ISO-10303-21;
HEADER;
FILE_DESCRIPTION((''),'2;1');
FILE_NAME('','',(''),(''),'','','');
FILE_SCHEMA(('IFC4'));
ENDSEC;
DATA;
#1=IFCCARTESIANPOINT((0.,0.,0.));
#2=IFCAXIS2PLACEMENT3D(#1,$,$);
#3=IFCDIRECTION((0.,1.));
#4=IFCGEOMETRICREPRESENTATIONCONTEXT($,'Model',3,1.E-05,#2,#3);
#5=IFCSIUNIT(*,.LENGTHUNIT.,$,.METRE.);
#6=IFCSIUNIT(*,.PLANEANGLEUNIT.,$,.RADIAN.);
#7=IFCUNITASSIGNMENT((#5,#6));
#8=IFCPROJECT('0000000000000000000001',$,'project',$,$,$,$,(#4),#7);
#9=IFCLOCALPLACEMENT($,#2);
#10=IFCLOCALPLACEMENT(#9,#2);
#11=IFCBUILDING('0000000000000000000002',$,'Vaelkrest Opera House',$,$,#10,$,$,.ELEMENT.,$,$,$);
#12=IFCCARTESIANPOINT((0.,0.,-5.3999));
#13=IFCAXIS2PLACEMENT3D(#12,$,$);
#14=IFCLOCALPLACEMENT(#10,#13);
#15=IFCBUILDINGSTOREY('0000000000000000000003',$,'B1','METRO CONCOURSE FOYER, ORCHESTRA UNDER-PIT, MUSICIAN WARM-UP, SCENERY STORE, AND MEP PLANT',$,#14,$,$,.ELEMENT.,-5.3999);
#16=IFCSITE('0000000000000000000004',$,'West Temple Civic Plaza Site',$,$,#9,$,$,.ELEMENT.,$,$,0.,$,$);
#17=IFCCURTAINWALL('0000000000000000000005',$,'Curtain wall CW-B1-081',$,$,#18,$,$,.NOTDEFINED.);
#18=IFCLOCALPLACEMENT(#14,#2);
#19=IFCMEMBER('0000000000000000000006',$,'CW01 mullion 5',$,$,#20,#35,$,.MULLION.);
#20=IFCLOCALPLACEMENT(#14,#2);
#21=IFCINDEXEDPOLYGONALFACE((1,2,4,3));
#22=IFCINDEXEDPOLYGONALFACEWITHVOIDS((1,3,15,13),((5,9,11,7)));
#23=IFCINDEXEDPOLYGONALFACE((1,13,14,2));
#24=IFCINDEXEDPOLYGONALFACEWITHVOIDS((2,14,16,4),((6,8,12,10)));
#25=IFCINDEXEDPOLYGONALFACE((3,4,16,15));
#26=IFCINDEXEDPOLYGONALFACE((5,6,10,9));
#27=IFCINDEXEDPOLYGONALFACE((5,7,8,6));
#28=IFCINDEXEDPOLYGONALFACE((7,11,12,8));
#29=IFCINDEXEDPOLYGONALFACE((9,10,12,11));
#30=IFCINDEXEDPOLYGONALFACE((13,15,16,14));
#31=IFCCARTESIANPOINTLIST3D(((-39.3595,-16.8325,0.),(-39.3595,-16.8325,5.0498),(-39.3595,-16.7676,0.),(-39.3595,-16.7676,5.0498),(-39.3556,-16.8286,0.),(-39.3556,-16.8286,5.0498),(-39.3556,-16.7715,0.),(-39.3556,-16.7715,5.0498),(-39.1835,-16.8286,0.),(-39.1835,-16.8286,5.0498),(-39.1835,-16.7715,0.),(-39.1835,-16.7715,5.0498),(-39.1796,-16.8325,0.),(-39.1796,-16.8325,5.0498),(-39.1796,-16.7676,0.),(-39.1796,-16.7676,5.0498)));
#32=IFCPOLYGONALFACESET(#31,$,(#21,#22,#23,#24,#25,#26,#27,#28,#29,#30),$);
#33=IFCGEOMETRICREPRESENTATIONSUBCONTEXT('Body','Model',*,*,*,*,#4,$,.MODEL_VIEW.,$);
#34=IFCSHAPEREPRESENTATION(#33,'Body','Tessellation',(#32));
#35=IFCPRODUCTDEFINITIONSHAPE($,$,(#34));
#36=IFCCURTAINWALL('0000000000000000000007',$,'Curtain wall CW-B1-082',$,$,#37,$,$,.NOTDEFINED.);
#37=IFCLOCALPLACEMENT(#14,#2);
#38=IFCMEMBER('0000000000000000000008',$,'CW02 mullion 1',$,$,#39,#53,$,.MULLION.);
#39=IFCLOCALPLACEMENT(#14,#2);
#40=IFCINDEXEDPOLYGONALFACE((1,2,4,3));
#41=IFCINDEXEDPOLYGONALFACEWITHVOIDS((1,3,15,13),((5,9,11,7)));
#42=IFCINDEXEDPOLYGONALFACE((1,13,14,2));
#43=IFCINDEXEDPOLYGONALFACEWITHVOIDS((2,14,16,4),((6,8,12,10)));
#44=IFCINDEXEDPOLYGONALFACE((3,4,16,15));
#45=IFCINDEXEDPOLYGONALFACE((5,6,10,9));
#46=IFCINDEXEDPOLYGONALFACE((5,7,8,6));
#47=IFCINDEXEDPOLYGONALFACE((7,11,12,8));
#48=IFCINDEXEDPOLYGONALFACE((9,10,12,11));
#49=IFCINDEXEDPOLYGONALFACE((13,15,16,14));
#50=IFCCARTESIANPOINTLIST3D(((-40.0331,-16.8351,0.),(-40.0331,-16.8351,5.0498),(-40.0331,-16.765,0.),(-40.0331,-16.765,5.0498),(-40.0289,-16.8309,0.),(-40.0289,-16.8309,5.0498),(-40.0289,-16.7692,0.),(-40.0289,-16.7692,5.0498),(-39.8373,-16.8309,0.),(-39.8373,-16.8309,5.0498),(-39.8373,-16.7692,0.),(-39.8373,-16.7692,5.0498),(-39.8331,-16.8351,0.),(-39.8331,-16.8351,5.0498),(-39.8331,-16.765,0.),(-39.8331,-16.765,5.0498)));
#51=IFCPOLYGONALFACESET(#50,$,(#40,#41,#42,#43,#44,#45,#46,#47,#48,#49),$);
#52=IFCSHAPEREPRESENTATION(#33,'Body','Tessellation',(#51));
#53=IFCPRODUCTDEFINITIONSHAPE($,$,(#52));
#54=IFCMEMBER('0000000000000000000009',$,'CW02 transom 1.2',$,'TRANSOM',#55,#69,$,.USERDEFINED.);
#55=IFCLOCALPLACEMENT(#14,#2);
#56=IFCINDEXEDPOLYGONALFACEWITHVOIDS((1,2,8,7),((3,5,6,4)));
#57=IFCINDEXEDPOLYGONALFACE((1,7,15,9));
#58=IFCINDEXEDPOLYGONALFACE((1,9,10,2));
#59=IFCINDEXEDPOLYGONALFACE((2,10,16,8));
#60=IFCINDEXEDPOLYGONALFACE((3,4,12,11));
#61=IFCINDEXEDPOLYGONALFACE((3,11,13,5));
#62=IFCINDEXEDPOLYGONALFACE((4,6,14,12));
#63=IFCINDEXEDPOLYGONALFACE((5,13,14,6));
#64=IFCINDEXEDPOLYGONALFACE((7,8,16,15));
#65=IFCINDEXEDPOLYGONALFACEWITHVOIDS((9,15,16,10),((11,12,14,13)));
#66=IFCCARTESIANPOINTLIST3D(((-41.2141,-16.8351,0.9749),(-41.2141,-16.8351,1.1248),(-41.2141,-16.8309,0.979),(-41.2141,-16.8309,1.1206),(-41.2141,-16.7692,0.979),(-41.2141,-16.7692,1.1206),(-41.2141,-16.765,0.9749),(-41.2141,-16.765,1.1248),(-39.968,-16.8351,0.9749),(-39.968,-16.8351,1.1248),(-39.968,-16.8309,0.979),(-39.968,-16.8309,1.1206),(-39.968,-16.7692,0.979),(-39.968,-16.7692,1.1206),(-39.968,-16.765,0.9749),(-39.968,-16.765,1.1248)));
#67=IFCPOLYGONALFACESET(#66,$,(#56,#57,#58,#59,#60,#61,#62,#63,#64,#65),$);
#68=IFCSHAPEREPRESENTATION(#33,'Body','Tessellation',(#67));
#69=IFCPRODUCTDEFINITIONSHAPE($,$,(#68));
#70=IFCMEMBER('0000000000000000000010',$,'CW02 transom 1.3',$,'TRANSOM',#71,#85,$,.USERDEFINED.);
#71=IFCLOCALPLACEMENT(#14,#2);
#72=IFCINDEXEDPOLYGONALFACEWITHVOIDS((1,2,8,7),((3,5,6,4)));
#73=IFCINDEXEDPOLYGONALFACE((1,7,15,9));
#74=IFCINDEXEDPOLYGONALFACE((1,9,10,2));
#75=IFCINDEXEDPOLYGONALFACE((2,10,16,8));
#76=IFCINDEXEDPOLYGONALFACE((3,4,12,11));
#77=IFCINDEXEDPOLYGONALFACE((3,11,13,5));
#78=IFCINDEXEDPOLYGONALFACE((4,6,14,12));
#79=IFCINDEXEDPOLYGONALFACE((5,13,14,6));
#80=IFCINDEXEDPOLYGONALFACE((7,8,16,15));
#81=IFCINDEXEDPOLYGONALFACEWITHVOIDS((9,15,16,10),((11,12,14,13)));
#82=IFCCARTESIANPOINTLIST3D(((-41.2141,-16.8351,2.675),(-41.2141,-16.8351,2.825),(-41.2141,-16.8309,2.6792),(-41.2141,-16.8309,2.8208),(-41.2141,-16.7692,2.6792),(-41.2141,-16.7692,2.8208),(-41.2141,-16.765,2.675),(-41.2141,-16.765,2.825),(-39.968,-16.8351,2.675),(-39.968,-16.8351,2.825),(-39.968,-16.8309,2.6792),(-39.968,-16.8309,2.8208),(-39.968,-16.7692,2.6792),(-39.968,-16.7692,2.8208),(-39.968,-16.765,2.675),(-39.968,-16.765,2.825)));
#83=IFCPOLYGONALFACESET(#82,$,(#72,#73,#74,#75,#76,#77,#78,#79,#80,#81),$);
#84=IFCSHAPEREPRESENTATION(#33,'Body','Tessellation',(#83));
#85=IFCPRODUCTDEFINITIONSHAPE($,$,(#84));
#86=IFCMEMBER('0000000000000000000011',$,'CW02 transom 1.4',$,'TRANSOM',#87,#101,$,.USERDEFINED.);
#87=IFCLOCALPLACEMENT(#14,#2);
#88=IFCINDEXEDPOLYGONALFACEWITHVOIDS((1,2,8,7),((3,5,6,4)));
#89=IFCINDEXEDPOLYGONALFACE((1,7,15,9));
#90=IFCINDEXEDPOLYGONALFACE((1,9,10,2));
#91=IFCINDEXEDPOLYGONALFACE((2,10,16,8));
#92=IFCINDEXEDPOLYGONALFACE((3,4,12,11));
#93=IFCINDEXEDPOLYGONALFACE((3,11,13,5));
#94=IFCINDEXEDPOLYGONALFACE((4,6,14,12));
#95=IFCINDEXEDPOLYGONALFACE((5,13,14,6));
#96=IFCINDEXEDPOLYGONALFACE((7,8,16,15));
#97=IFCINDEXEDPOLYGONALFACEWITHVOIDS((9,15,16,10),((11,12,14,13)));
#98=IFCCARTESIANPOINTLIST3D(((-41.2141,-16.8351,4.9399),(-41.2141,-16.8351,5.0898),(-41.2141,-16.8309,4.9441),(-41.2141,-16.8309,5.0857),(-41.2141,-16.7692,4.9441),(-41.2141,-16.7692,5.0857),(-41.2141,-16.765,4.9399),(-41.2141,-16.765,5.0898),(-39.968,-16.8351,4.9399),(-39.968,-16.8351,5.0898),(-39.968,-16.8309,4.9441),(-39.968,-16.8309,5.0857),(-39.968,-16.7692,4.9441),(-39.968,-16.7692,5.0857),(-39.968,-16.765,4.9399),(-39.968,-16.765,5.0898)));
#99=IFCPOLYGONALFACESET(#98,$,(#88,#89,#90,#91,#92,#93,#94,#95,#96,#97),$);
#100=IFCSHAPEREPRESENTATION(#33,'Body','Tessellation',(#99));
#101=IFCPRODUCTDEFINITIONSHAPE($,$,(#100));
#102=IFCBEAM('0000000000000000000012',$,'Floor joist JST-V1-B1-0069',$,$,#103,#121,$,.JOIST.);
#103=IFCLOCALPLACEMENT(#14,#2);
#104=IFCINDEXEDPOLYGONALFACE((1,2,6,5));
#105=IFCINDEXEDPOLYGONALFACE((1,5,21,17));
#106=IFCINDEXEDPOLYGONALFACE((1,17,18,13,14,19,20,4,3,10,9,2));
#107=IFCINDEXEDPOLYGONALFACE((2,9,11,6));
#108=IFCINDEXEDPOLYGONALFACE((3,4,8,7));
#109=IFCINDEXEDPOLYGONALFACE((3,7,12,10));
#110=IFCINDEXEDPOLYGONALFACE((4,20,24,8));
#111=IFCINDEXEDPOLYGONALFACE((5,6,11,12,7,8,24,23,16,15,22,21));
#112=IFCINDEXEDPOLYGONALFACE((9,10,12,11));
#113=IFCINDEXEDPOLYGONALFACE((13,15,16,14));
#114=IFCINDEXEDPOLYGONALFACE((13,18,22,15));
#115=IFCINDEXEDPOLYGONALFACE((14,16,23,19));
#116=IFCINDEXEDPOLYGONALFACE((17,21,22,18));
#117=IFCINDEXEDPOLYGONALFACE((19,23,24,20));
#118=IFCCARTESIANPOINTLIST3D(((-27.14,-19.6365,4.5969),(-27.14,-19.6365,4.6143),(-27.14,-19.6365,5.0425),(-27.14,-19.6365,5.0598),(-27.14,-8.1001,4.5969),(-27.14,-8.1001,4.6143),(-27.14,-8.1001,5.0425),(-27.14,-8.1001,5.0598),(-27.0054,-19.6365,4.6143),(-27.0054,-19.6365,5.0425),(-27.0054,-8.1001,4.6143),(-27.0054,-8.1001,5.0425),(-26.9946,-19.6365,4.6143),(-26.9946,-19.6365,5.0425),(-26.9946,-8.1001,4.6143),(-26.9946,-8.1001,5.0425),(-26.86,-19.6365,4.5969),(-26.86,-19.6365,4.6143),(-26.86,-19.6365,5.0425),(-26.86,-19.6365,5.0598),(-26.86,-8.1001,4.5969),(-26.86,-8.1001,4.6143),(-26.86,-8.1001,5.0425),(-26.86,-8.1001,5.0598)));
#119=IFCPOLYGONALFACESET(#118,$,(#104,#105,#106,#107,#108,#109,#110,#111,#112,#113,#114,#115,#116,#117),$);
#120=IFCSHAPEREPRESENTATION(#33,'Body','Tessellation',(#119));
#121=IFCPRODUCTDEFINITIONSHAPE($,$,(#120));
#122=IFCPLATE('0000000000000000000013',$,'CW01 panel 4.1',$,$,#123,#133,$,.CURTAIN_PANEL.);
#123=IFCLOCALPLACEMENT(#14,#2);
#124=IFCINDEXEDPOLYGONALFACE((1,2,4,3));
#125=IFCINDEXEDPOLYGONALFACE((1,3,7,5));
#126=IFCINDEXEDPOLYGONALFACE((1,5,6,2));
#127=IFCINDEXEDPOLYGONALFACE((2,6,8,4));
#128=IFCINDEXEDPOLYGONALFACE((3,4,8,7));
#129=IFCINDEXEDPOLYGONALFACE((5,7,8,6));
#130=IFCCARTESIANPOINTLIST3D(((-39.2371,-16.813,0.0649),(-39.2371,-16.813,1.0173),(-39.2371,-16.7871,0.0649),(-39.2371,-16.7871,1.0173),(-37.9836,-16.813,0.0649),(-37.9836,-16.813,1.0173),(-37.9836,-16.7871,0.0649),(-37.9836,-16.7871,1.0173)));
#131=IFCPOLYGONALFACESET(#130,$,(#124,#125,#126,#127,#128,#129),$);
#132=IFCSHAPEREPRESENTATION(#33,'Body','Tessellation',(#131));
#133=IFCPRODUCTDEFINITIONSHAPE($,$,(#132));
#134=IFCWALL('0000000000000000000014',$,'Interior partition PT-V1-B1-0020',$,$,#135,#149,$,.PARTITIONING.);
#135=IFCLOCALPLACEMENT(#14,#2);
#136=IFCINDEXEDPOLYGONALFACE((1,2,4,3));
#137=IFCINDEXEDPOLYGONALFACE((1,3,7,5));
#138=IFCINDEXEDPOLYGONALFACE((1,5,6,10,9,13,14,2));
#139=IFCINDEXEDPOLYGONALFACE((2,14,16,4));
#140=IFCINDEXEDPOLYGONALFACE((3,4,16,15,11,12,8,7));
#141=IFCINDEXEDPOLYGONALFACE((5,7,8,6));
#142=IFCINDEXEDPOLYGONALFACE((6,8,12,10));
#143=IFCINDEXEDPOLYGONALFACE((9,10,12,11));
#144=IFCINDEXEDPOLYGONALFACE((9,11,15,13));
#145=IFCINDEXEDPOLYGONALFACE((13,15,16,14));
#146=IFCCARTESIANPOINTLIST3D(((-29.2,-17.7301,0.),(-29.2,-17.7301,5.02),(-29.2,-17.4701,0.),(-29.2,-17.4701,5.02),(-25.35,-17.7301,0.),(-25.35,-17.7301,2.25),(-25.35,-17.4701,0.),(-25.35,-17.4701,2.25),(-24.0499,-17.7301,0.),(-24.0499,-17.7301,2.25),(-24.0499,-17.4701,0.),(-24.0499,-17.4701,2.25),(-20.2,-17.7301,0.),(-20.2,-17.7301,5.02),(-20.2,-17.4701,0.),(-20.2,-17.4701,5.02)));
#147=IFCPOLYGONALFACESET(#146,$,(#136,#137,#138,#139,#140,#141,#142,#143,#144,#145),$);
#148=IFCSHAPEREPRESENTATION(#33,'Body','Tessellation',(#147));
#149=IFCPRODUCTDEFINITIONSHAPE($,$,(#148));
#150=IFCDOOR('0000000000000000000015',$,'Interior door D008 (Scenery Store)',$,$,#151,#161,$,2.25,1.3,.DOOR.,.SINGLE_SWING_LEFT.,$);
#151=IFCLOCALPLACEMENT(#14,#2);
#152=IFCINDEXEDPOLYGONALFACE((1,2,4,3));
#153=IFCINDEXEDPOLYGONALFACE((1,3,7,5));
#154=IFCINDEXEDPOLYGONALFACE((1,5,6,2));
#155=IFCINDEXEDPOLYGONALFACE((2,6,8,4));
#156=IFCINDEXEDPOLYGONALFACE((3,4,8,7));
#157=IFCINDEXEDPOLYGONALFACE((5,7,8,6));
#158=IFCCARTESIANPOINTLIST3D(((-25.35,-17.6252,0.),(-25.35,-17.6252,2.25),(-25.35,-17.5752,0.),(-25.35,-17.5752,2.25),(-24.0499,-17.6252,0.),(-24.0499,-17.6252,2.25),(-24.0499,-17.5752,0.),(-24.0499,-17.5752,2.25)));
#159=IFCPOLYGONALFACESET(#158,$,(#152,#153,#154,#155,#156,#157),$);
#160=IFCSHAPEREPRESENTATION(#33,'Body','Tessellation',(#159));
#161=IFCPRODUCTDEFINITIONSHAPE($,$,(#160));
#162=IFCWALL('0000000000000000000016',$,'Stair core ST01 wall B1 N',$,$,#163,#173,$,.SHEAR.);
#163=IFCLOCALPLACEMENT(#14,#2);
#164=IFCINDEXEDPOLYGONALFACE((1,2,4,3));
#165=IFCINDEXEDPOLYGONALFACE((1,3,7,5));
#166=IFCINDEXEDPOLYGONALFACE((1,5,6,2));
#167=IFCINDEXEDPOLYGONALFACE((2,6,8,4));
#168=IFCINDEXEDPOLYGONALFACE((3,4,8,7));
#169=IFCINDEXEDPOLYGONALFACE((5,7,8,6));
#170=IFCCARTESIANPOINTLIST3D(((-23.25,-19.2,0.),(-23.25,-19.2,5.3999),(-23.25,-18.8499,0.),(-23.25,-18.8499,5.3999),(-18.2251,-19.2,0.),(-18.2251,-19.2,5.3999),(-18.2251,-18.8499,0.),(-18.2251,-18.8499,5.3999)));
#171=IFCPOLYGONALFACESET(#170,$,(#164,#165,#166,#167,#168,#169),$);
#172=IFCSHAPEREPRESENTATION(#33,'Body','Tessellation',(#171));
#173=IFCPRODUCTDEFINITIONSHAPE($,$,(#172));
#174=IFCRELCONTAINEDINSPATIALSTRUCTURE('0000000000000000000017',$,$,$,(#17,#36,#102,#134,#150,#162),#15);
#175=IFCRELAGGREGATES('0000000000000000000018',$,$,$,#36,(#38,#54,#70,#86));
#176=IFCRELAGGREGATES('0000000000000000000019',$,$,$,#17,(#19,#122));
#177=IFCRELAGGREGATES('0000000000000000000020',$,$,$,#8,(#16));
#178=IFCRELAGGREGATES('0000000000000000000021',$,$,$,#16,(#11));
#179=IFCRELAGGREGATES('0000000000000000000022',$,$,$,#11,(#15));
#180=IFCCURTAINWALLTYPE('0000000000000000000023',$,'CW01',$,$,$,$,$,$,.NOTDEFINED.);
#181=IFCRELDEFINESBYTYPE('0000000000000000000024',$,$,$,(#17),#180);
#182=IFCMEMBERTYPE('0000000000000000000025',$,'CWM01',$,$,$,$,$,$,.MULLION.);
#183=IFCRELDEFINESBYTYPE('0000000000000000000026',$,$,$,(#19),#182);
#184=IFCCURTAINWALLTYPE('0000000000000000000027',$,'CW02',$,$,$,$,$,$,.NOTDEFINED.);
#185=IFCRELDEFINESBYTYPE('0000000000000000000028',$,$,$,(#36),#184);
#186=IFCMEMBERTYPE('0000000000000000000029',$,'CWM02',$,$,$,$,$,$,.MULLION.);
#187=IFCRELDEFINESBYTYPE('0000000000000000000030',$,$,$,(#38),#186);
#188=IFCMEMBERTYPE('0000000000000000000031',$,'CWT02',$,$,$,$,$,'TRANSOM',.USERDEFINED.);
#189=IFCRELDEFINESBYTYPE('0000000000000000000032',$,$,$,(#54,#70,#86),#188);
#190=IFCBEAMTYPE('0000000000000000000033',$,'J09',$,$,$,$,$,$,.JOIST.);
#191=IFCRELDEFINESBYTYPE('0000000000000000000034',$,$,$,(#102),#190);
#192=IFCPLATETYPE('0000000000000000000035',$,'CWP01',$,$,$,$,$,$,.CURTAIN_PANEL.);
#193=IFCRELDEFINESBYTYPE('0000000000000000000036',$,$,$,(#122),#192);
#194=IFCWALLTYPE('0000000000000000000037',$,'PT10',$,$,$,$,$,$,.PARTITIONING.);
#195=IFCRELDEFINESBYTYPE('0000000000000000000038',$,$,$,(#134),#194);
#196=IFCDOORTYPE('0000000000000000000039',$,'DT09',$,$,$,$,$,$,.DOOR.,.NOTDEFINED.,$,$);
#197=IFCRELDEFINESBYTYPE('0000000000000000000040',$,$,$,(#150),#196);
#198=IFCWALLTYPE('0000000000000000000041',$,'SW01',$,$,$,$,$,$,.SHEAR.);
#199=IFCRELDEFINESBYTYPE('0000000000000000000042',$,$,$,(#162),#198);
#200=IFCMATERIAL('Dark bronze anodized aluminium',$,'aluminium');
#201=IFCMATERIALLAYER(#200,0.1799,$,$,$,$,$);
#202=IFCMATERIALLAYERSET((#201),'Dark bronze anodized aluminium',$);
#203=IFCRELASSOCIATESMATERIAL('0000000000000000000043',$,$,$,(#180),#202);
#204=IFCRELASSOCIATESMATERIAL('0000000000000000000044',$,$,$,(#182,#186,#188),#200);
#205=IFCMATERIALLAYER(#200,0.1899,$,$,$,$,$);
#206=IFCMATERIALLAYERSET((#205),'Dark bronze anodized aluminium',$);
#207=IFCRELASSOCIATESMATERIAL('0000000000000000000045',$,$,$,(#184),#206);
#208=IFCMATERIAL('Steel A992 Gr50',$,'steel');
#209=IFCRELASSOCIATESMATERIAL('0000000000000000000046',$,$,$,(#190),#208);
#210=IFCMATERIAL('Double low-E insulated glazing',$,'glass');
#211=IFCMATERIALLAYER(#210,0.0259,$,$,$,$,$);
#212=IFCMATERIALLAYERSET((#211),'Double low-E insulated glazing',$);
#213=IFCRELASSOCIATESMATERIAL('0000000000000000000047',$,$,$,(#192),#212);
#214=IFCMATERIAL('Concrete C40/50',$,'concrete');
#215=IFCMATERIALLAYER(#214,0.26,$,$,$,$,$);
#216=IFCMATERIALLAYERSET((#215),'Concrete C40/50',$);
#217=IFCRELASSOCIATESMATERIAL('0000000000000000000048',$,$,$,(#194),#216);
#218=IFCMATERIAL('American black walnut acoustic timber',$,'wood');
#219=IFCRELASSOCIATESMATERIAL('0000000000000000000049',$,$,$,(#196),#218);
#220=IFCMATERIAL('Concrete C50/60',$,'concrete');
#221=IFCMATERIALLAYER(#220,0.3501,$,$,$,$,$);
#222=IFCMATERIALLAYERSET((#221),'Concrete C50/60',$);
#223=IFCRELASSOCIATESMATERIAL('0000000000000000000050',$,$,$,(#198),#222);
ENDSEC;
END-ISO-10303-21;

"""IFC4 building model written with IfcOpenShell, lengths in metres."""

from ifc_helpers import new_model, si_unit, direction, frame, frame_2d, origin, origin_2d, place, context, subcontext, project, spatial, rectangle, hollow_rectangle, i_section, extrude, material, layer, layer_set, material_profile, profile_set, type_object, element, fill, aggregate, save


model = new_model("IFC4")

# Units and contexts
model_context = context("Model", 3, precision=1e-05, world=origin(), true_north=direction((0.0, 1.0)))
body_context = subcontext(model_context, "Body", "Model", "MODEL_VIEW")
ifc_project = project(units=[si_unit("LENGTHUNIT", "METRE"), si_unit("PLANEANGLEUNIT", "RADIAN")], contexts=[model_context])

# Site, building, storey
site_placement = place(None, origin())
site = spatial("IfcSite", under=ifc_project, at=site_placement, Name="West Temple Civic Plaza Site", CompositionType="ELEMENT", RefElevation=0.0)
building_placement = place(site_placement, origin())
building = spatial("IfcBuilding", under=site, at=building_placement, Name="Vaelkrest Opera House", CompositionType="ELEMENT")
storey_placement = place(building_placement, frame((0.0, 0.0, -5.3999)))
storey = spatial("IfcBuildingStorey", under=building, at=storey_placement, Name="B1", Description="METRO CONCOURSE FOYER, ORCHESTRA UNDER-PIT, MUSICIAN WARM-UP, SCENERY STORE, AND MEP PLANT", CompositionType="ELEMENT", Elevation=-5.3999)

# Shared definitions
ifc_material_1 = material(Name="Concrete C40/50", Category="concrete")

# Shared definitions
ifc_material_2 = material(Name="Concrete C50/60", Category="concrete")

# Shared definitions
ifc_material_3 = material(Name="Steel A992 Gr50", Category="steel")

# Curtain wall, member
ifc_material_4 = material(Name="Dark bronze anodized aluminium", Category="aluminium")
ifc_layer_1 = layer(ifc_material_4, 0.1799)
ifc_layer_set_1 = layer_set([ifc_layer_1], Name="Dark bronze anodized aluminium")
curtain_wall_type_1 = type_object("IfcCurtainWallType", Name="CW01", PredefinedType="NOTDEFINED", material=ifc_layer_set_1)
curtain_wall_1_placement = place(storey_placement, origin())
curtain_wall_1 = element("IfcCurtainWall", 1, at=curtain_wall_1_placement, inside=storey, type_object=curtain_wall_type_1, Name="Curtain wall CW-B1-081", PredefinedType="NOTDEFINED")
ifc_material_profile_1 = material_profile(ifc_material_4, hollow_rectangle(XDim=0.0649, YDim=0.1799, WallThickness=0.0039, at=origin_2d()), Name="CWM65X180")
ifc_profile_set_1 = profile_set([ifc_material_profile_1], Name="Dark bronze anodized aluminium")
member_type_1 = type_object("IfcMemberType", Name="CWM01", PredefinedType="MULLION", material=ifc_profile_set_1)
member_1_placement = place(storey_placement, frame((-39.2695, -16.8, 0.0), z_axis=(0.0, 0.0, 1.0), x_axis=(0.0, -1.0, 0.0)))
member_1 = element("IfcMember", 2, at=member_1_placement, type_object=member_type_1, Name="CW01 mullion 5", PredefinedType="MULLION", context=body_context, shape_type="SweptSolid", body=[
    extrude(hollow_rectangle(XDim=0.0649, YDim=0.1799, WallThickness=0.0039, at=origin_2d()), origin(), (0.0, 0.0, 1.0), 5.0498),
])

# Curtain wall, members
ifc_layer_2 = layer(ifc_material_4, 0.1899)
ifc_layer_set_2 = layer_set([ifc_layer_2], Name="Dark bronze anodized aluminium")
curtain_wall_type_2 = type_object("IfcCurtainWallType", Name="CW02", PredefinedType="NOTDEFINED", material=ifc_layer_set_2)
curtain_wall_2_placement = place(storey_placement, origin())
curtain_wall_2 = element("IfcCurtainWall", 3, at=curtain_wall_2_placement, inside=storey, type_object=curtain_wall_type_2, Name="Curtain wall CW-B1-082", PredefinedType="NOTDEFINED")
ifc_material_profile_2 = material_profile(ifc_material_4, hollow_rectangle(XDim=0.0701, YDim=0.2, WallThickness=0.0042, at=origin_2d()), Name="CWM70X200")
ifc_profile_set_2 = profile_set([ifc_material_profile_2], Name="Dark bronze anodized aluminium")
member_type_2 = type_object("IfcMemberType", Name="CWM02", PredefinedType="MULLION", material=ifc_profile_set_2)
member_2_placement = place(storey_placement, frame((-39.9331, -16.8, 0.0), z_axis=(0.0, 0.0, 1.0), x_axis=(0.0, -1.0, 0.0)))
member_2 = element("IfcMember", 4, at=member_2_placement, type_object=member_type_2, Name="CW02 mullion 1", PredefinedType="MULLION", context=body_context, shape_type="SweptSolid", body=[
    extrude(hollow_rectangle(XDim=0.0701, YDim=0.2, WallThickness=0.0042, at=origin_2d()), origin(), (0.0, 0.0, 1.0), 5.0498),
])
ifc_material_profile_3 = material_profile(ifc_material_4, hollow_rectangle(XDim=0.0701, YDim=0.1499, WallThickness=0.0042, at=origin_2d()), Name="CWT70X150")
ifc_profile_set_3 = profile_set([ifc_material_profile_3], Name="Dark bronze anodized aluminium")
member_type_3 = type_object("IfcMemberType", Name="CWT02", ElementType="TRANSOM", PredefinedType="USERDEFINED", material=ifc_profile_set_3)
member_3_placement = place(storey_placement, frame((-39.968, -16.8, 1.0498), z_axis=(-1.0, 0.0, 0.0), x_axis=(0.0, -1.0, 0.0)))
member_3 = element("IfcMember", 5, at=member_3_placement, type_object=member_type_3, Name="CW02 transom 1.2", ObjectType="TRANSOM", PredefinedType="USERDEFINED", context=body_context, shape_type="SweptSolid", body=[
    extrude(hollow_rectangle(XDim=0.0701, YDim=0.1499, WallThickness=0.0042, at=origin_2d()), origin(), (0.0, 0.0, 1.0), 1.2461),
])
member_4_placement = place(storey_placement, frame((-39.968, -16.8, 2.75), z_axis=(-1.0, 0.0, 0.0), x_axis=(0.0, -1.0, 0.0)))
member_4 = element("IfcMember", 6, at=member_4_placement, type_object=member_type_3, Name="CW02 transom 1.3", ObjectType="TRANSOM", PredefinedType="USERDEFINED", context=body_context, shape_type="SweptSolid", body=[
    extrude(hollow_rectangle(XDim=0.0701, YDim=0.1499, WallThickness=0.0042, at=origin_2d()), origin(), (0.0, 0.0, 1.0), 1.2461),
])
member_5_placement = place(storey_placement, frame((-39.968, -16.8, 5.0149), z_axis=(-1.0, 0.0, 0.0), x_axis=(0.0, -1.0, 0.0)))
member_5 = element("IfcMember", 7, at=member_5_placement, type_object=member_type_3, Name="CW02 transom 1.4", ObjectType="TRANSOM", PredefinedType="USERDEFINED", context=body_context, shape_type="SweptSolid", body=[
    extrude(hollow_rectangle(XDim=0.0701, YDim=0.1499, WallThickness=0.0042, at=origin_2d()), origin(), (0.0, 0.0, 1.0), 1.2461),
])
aggregate(curtain_wall_2, [member_2, member_3, member_4, member_5])

# Beam
ifc_material_profile_4 = material_profile(ifc_material_3, i_section(OverallWidth=0.28, OverallDepth=0.4629, WebThickness=0.0107, FlangeThickness=0.0173, at=origin_2d()), Name="W18X76")
ifc_profile_set_4 = profile_set([ifc_material_profile_4], Name="Steel A992 Gr50")
beam_type_1 = type_object("IfcBeamType", Name="J09", PredefinedType="JOIST", material=ifc_profile_set_4)
beam_1_placement = place(storey_placement, frame((-27.0, -19.6365, 4.8284), z_axis=(0.0, 1.0, 0.0), x_axis=(-1.0, 0.0, 0.0)))
element("IfcBeam", 8, at=beam_1_placement, inside=storey, type_object=beam_type_1, Name="Floor joist JST-V1-B1-0069", PredefinedType="JOIST", context=body_context, shape_type="SweptSolid", body=[
    extrude(i_section(OverallWidth=0.28, OverallDepth=0.4629, WebThickness=0.0107, FlangeThickness=0.0173, at=origin_2d()), origin(), (0.0, 0.0, 1.0), 11.5364),
])

# Plate
ifc_material_5 = material(Name="Double low-E insulated glazing", Category="glass")
ifc_layer_3 = layer(ifc_material_5, 0.0259)
ifc_layer_set_3 = layer_set([ifc_layer_3], Name="Double low-E insulated glazing")
plate_type = type_object("IfcPlateType", Name="CWP01", PredefinedType="CURTAIN_PANEL", material=ifc_layer_set_3)
plate_placement = place(storey_placement, frame((-38.6104, -16.8, 0.0649), z_axis=(0.0, 0.0, 1.0), x_axis=(-1.0, 0.0, 0.0)))
plate = element("IfcPlate", 9, at=plate_placement, type_object=plate_type, Name="CW01 panel 4.1", PredefinedType="CURTAIN_PANEL", context=body_context, shape_type="SweptSolid", body=[
    extrude(rectangle(XDim=1.2534, YDim=0.0259, at=origin_2d()), origin(), (0.0, 0.0, 1.0), 0.9524),
])
aggregate(curtain_wall_1, [member_1, plate])

# Wall, opening, door
ifc_layer_4 = layer(ifc_material_1, 0.26)
ifc_layer_set_4 = layer_set([ifc_layer_4], Name="Concrete C40/50")
wall_type_1 = type_object("IfcWallType", Name="PT10", PredefinedType="PARTITIONING", material=ifc_layer_set_4)
wall_1_placement = place(storey_placement, frame((-29.2, -17.6001, 0.0), z_axis=(0.0, 0.0, 1.0), x_axis=(1.0, 0.0, 0.0)))
wall_1 = element("IfcWall", 10, at=wall_1_placement, inside=storey, type_object=wall_type_1, Name="Interior partition PT-V1-B1-0020", PredefinedType="PARTITIONING", context=body_context, shape_type="SweptSolid", body=[
    extrude(rectangle(XDim=9.0, YDim=0.26, at=frame_2d((4.5, 0.0))), origin(), (0.0, 0.0, 1.0), 5.02),
])
opening_placement = place(wall_1_placement, frame((3.8501, 0.0, 0.0)))
opening = element("IfcOpeningElement", 11, at=opening_placement, cuts=wall_1, PredefinedType="OPENING", context=body_context, shape_type="SweptSolid", body=[
    extrude(rectangle(XDim=1.3, YDim=2.25, at=frame_2d((0.6499, 1.125))), frame((0.0, 0.1399, 0.0), z_axis=(0.0, -1.0, 0.0), x_axis=(1.0, 0.0, 0.0)), (0.0, 0.0, 1.0), 0.28),
])
ifc_material_6 = material(Name="American black walnut acoustic timber", Category="wood")
door_type = type_object("IfcDoorType", Name="DT09", OperationType="NOTDEFINED", PredefinedType="DOOR", material=ifc_material_6)
door_placement = place(opening_placement, origin())
door = element("IfcDoor", 12, at=door_placement, inside=storey, type_object=door_type, Name="Interior door D008 (Scenery Store)", OperationType="SINGLE_SWING_LEFT", OverallHeight=2.25, OverallWidth=1.3, PredefinedType="DOOR", context=body_context, shape_type="SweptSolid", body=[
    extrude(rectangle(XDim=1.3, YDim=2.25, at=frame_2d((0.6499, 1.125))), frame((0.0, 0.0249, 0.0), z_axis=(0.0, -1.0, 0.0), x_axis=(1.0, 0.0, 0.0)), (0.0, 0.0, 1.0), 0.05),
])
fill(opening, door)

# Wall
ifc_layer_5 = layer(ifc_material_2, 0.3501)
ifc_layer_set_5 = layer_set([ifc_layer_5], Name="Concrete C50/60")
wall_type_2 = type_object("IfcWallType", Name="SW01", PredefinedType="SHEAR", material=ifc_layer_set_5)
wall_2_placement = place(storey_placement, frame((-23.25, -19.0249, 0.0), z_axis=(0.0, 0.0, 1.0), x_axis=(1.0, 0.0, 0.0)))
element("IfcWall", 13, at=wall_2_placement, inside=storey, type_object=wall_type_2, Name="Stair core ST01 wall B1 N", PredefinedType="SHEAR", context=body_context, shape_type="SweptSolid", body=[
    extrude(rectangle(XDim=5.0249, YDim=0.3501, at=frame_2d((2.5125, 0.0))), origin(), (0.0, 0.0, 1.0), 5.3999),
])

save(model, "model.ifc")
